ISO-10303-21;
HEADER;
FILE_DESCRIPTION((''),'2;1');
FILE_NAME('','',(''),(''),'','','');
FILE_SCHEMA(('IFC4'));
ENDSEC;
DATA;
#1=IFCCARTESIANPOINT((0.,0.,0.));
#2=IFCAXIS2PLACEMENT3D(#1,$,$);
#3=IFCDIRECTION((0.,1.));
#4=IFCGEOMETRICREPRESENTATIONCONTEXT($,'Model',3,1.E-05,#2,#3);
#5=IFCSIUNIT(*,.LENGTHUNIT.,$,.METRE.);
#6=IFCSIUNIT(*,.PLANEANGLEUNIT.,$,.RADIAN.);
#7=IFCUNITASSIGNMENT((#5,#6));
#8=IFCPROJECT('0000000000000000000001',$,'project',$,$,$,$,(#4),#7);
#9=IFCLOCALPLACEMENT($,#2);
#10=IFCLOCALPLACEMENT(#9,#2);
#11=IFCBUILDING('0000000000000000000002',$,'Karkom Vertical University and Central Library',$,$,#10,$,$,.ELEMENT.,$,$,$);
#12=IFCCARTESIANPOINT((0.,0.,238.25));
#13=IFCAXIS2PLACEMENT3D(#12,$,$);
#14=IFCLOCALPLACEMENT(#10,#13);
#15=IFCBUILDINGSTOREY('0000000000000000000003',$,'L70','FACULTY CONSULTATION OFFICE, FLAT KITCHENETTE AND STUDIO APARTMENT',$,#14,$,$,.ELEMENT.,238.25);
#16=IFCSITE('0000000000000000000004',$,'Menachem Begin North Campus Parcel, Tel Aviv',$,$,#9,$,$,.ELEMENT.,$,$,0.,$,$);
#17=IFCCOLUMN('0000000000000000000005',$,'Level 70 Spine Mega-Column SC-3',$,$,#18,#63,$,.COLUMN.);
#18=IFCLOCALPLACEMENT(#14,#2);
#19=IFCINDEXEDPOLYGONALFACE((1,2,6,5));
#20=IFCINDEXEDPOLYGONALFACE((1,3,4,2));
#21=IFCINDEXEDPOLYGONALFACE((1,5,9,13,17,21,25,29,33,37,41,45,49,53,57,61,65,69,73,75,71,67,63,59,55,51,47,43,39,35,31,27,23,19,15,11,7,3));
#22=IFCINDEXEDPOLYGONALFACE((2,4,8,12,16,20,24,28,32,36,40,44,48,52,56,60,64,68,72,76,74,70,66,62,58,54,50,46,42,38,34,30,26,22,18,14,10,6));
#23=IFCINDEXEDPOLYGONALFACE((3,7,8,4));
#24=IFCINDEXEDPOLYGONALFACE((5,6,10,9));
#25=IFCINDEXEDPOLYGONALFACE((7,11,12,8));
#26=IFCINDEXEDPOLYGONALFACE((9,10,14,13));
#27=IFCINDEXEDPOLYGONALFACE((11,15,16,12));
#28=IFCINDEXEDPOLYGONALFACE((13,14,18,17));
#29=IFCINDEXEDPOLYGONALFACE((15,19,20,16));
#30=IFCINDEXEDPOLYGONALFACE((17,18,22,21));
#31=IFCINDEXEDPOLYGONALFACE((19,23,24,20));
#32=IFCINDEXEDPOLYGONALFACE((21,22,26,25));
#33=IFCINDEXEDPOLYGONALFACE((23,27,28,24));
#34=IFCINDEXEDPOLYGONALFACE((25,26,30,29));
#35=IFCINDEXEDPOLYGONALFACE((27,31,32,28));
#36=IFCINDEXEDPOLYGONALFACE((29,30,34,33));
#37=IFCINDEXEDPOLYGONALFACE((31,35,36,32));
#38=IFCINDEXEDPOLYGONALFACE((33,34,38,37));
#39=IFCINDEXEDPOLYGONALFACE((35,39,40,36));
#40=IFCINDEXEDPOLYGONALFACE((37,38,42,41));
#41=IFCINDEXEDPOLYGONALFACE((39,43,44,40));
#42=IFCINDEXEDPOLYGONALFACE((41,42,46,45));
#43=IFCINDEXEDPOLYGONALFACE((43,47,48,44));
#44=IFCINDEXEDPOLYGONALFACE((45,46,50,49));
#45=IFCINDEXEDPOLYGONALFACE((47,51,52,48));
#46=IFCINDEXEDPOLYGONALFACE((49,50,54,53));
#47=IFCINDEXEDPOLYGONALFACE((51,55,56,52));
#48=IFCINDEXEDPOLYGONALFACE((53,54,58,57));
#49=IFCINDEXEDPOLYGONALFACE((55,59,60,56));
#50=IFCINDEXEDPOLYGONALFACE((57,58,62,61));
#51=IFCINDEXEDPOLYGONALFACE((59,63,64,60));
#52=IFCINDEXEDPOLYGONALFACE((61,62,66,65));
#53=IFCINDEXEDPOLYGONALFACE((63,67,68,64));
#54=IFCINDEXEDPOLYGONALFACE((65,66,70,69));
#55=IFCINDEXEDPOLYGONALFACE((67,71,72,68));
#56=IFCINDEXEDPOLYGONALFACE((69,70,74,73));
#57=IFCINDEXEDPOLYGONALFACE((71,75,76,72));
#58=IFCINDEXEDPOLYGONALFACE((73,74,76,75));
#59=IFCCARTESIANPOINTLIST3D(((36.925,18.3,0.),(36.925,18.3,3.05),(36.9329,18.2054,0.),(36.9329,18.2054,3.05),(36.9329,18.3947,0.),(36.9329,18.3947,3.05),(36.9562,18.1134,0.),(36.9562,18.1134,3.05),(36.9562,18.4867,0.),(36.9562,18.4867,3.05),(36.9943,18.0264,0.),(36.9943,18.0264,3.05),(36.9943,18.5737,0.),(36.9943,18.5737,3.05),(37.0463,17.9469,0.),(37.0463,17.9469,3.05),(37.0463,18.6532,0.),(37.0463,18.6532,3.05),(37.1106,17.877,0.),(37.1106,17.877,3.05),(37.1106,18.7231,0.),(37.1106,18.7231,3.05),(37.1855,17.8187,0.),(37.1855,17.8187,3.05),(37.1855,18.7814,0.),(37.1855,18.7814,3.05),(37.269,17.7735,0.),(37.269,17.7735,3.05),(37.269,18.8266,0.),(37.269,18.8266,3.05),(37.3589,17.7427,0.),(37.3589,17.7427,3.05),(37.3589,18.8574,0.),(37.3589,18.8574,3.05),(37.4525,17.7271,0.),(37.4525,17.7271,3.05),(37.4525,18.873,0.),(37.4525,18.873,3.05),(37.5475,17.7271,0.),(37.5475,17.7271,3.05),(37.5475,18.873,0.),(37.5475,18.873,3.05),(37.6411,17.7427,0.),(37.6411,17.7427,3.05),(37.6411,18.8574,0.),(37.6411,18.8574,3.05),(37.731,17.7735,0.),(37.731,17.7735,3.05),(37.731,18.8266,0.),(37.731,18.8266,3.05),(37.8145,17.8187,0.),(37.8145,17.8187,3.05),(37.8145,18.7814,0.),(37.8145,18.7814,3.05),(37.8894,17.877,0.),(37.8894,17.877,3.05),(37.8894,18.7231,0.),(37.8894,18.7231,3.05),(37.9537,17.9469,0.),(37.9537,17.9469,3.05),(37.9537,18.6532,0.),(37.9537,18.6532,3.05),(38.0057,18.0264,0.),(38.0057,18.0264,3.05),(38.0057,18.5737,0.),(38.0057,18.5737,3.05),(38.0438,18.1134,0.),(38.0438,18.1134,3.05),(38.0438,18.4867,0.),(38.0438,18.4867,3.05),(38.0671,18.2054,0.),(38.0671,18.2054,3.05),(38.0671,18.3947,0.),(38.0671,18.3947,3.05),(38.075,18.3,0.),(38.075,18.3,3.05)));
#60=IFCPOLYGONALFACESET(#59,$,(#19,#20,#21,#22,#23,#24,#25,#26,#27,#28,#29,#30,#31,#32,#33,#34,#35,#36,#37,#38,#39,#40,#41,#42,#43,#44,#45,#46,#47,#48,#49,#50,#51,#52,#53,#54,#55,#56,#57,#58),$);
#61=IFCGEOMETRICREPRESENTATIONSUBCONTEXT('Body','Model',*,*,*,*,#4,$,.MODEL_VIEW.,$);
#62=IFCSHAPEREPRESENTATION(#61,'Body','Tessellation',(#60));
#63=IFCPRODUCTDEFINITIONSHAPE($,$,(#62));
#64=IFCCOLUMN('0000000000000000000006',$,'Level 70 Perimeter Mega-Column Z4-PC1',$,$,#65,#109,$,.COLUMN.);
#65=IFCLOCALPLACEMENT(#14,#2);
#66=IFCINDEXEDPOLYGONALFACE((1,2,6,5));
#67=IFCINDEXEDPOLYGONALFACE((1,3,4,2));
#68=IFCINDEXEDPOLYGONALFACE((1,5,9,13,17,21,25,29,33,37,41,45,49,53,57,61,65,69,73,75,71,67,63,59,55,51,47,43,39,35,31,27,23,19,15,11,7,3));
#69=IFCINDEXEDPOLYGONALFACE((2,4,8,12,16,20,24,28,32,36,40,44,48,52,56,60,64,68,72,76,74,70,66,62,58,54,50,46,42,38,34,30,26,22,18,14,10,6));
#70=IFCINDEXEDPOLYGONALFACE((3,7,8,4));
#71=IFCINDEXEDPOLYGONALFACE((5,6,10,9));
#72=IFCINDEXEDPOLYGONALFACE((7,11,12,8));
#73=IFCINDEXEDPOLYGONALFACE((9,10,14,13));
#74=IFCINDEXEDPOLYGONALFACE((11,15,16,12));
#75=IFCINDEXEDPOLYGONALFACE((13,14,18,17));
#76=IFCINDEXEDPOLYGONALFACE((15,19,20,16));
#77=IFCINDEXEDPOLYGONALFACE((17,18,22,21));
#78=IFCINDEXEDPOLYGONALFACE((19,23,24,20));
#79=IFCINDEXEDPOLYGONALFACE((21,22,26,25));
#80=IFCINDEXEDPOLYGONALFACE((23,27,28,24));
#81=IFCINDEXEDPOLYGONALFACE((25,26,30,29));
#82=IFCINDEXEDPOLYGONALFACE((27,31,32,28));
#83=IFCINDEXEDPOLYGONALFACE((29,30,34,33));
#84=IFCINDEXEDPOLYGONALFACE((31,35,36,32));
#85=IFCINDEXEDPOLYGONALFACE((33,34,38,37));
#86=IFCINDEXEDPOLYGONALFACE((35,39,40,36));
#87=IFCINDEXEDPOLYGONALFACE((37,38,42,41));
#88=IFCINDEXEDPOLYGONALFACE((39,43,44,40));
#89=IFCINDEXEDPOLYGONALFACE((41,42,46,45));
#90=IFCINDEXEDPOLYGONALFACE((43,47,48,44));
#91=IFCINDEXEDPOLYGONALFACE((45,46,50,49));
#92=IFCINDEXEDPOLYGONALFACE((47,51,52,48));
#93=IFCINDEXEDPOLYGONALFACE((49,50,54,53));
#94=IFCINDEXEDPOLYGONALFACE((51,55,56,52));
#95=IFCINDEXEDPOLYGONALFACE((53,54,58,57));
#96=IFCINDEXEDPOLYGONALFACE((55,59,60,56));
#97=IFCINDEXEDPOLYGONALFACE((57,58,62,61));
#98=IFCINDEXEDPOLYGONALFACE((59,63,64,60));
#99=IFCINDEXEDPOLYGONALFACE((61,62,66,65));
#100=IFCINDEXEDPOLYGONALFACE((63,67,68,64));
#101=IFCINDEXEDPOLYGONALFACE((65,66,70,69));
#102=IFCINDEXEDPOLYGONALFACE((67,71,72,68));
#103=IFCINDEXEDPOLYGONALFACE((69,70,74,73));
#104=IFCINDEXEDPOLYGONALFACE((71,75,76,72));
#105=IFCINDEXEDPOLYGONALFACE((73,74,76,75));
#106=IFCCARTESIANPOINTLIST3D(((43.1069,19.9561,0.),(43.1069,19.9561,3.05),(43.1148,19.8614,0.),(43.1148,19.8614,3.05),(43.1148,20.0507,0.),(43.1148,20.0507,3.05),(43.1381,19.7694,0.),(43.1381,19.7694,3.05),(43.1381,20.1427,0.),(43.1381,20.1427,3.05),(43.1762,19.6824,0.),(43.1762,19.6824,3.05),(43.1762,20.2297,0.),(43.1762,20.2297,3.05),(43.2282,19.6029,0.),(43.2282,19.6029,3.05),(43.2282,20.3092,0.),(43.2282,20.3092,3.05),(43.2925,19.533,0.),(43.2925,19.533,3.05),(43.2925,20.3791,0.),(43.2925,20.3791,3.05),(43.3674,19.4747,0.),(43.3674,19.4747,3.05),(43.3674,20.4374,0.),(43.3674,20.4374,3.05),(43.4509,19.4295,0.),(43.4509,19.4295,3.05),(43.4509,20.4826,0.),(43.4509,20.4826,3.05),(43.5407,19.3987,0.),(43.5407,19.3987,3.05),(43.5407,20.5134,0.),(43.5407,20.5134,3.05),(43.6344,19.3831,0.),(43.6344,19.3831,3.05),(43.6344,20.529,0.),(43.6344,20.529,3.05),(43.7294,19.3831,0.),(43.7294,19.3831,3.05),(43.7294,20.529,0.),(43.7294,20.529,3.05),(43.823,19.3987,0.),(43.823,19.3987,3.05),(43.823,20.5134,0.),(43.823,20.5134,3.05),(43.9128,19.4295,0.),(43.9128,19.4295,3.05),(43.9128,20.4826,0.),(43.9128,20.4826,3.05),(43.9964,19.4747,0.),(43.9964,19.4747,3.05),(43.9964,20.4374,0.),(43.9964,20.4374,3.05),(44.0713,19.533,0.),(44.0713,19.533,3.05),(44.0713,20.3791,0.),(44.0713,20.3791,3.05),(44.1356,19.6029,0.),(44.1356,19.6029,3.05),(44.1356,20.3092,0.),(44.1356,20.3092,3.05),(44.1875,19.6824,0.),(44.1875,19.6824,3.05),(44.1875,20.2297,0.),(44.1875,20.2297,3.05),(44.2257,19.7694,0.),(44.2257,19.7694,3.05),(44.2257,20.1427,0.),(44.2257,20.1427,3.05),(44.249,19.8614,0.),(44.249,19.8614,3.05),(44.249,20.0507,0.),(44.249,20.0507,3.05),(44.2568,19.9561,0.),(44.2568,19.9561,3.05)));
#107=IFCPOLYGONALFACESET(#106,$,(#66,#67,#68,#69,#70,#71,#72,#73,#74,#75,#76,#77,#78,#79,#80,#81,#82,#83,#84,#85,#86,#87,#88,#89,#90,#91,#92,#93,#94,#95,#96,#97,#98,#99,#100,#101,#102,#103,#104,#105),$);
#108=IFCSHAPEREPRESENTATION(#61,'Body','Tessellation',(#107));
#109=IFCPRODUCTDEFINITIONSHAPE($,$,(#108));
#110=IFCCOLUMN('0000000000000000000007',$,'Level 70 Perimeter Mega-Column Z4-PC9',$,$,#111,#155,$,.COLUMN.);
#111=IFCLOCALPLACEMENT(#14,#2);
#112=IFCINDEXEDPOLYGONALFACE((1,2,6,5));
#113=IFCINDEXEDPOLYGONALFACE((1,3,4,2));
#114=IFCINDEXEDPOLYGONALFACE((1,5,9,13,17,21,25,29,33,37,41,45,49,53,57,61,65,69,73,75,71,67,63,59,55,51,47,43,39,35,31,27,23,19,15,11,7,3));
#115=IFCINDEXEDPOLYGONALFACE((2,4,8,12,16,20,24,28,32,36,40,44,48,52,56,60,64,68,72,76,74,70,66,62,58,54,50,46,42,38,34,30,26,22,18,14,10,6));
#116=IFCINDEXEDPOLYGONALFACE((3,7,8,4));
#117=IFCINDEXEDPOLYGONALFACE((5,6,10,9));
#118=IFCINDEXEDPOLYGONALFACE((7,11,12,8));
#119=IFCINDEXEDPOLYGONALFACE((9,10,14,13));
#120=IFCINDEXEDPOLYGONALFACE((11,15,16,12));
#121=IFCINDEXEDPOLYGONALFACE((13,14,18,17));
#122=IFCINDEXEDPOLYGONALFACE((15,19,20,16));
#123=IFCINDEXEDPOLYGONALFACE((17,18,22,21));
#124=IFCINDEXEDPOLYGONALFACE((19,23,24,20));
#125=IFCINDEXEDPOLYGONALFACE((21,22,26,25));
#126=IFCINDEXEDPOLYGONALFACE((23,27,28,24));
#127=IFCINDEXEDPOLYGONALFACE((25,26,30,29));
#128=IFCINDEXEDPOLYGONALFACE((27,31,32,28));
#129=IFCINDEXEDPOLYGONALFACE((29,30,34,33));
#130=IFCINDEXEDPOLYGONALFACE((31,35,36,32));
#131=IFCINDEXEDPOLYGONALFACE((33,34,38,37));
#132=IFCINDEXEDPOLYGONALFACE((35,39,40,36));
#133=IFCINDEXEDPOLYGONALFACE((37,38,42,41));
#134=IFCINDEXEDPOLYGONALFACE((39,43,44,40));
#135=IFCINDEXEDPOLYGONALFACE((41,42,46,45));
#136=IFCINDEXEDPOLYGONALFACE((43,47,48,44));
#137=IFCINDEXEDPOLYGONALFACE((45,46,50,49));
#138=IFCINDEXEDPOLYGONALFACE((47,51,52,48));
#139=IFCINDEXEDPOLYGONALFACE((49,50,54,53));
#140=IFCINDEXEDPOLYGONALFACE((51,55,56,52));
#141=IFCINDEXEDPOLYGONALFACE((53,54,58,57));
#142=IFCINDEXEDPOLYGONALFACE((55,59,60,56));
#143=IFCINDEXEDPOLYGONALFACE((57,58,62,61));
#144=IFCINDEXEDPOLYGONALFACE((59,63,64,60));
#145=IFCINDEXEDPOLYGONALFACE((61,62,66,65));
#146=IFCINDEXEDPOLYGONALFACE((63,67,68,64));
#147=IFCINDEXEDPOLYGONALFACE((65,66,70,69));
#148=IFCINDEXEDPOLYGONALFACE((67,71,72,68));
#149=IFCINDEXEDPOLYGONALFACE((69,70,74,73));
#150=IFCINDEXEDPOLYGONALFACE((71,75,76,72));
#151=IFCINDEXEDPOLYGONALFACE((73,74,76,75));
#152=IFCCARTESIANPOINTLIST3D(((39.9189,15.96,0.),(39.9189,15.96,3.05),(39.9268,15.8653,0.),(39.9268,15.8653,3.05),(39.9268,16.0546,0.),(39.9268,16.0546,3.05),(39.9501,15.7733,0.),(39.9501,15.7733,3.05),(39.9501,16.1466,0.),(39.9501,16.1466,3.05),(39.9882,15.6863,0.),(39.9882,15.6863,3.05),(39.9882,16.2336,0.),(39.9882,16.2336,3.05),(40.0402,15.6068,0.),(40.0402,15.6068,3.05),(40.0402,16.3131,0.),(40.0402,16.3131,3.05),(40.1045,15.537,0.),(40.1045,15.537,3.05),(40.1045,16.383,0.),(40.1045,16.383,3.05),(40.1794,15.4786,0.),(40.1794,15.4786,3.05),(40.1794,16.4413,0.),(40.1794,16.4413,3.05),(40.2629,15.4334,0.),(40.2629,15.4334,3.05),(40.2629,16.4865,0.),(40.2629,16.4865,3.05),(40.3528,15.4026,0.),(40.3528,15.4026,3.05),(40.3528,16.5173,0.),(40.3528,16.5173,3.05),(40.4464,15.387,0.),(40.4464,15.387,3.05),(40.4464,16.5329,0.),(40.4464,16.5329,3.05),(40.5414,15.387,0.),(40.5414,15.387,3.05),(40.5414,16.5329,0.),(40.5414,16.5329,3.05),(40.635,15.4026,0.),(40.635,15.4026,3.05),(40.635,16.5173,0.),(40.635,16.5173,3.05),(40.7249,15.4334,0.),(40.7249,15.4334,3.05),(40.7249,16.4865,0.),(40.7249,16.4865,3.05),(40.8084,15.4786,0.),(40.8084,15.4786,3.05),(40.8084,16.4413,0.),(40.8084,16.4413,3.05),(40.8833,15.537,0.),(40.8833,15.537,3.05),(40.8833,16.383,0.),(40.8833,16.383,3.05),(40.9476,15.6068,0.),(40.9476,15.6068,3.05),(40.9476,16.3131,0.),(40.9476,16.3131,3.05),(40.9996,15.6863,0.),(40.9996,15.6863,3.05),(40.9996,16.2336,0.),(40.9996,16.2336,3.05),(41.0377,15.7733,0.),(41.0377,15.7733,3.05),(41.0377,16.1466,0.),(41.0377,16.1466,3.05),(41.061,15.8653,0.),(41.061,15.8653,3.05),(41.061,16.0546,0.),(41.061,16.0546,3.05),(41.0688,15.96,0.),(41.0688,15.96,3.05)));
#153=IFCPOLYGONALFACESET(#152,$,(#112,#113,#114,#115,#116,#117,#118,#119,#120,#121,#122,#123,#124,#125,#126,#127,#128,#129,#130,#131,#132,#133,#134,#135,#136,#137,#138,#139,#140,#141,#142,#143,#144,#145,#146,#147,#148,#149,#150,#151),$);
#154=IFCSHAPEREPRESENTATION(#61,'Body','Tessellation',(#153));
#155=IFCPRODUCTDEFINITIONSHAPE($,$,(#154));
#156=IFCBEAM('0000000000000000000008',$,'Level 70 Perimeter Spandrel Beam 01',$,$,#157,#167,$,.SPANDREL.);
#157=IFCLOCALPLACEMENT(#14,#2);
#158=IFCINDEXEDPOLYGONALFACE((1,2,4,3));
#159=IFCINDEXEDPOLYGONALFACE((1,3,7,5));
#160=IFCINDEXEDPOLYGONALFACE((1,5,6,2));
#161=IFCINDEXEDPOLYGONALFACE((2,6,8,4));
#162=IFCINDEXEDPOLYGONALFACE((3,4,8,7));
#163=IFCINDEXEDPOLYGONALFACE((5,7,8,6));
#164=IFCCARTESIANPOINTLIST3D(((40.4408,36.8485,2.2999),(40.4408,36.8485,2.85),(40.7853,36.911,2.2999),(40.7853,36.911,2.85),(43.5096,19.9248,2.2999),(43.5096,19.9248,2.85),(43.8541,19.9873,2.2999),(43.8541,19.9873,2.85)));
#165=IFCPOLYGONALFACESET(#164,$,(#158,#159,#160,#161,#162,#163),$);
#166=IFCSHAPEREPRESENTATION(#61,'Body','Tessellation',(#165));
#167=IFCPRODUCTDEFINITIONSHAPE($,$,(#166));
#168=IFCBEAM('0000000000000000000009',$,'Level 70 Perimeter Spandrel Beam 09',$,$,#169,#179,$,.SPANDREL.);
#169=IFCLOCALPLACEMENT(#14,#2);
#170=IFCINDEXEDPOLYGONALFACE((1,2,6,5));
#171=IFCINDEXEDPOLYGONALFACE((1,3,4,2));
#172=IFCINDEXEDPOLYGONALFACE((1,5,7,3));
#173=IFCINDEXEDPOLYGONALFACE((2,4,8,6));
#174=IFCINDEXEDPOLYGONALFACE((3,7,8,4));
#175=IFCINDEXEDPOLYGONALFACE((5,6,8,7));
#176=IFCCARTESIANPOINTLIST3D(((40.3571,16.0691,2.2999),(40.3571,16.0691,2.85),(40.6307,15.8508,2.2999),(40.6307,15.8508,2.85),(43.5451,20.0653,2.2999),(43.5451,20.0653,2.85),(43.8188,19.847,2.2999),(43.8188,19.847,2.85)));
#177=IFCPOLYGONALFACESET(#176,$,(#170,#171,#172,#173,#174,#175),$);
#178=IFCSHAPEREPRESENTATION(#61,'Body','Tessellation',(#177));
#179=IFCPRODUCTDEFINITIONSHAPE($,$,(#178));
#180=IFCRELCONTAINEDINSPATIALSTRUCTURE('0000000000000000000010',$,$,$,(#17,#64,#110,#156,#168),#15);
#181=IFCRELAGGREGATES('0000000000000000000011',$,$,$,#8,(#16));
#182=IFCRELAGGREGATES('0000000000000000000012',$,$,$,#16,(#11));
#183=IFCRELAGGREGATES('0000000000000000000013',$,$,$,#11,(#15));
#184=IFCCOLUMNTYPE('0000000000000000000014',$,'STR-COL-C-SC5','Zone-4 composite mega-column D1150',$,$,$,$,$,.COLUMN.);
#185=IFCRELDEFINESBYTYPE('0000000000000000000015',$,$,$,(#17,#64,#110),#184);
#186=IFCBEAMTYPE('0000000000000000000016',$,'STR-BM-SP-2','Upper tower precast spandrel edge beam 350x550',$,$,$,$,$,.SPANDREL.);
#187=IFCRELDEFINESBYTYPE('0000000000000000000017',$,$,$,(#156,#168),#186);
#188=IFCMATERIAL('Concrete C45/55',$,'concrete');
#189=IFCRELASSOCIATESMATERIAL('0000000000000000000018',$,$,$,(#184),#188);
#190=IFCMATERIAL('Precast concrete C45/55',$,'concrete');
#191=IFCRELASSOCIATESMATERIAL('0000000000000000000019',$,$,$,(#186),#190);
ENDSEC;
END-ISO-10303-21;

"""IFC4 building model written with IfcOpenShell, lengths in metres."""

from ifc_helpers import new_model, si_unit, direction, frame, origin, origin_with_axes, origin_2d, place, context, subcontext, project, spatial, rectangle, circle, extrude, source, transform, mapped, material, material_profile, profile_set, type_object, element, save


model = new_model("IFC4")

# Units and contexts
model_context = context("Model", 3, precision=1e-05, world=origin(), true_north=direction((0.0, 1.0)))
body_context = subcontext(model_context, "Body", "Model", "MODEL_VIEW")
ifc_project = project(units=[si_unit("LENGTHUNIT", "METRE"), si_unit("PLANEANGLEUNIT", "RADIAN")], contexts=[model_context])

# Site, building, storey
site_placement = place(None, origin())
site = spatial("IfcSite", under=ifc_project, at=site_placement, Name="Menachem Begin North Campus Parcel, Tel Aviv", CompositionType="ELEMENT", RefElevation=0.0)
building_placement = place(site_placement, origin())
building = spatial("IfcBuilding", under=site, at=building_placement, Name="Karkom Vertical University and Central Library", CompositionType="ELEMENT")
storey_placement = place(building_placement, frame((0.0, 0.0, 238.25)))
storey = spatial("IfcBuildingStorey", under=building, at=storey_placement, Name="L70", Description="FACULTY CONSULTATION OFFICE, FLAT KITCHENETTE AND STUDIO APARTMENT", CompositionType="ELEMENT", Elevation=238.25)

# Columns
ifc_material_1 = material(Name="Concrete C45/55", Category="concrete")
ifc_material_profile_1 = material_profile(ifc_material_1, circle(Radius=0.575, at=origin_2d()), Name="CFT-D1150")
ifc_profile_set_1 = profile_set([ifc_material_profile_1], Name="Concrete C45/55")
column_type = type_object("IfcColumnType", Name="STR-COL-C-SC5", Description="Zone-4 composite mega-column D1150", PredefinedType="COLUMN", material=ifc_profile_set_1)
shared_shape_1 = source(origin_with_axes(), body_context, "Body", "SweptSolid", [
    extrude(circle(Radius=0.575, at=origin_2d()), origin(), (0.0, 0.0, 1.0), 3.05),
])
for number, where, z_axis, x_axis, name in (
    (1, (37.5, 18.3, 0.0), (0.0, 0.0, 1.0), (1.0, 0.0, 0.0), "Level 70 Spine Mega-Column SC-3"),
    (2, (43.6819, 19.9561, 0.0), (0.0, 0.0, 1.0), (1.0, 0.0, 0.0), "Level 70 Perimeter Mega-Column Z4-PC1"),
    (3, (40.4939, 15.96, 0.0), (0.0, 0.0, 1.0), (1.0, 0.0, 0.0), "Level 70 Perimeter Mega-Column Z4-PC9"),
):
    element("IfcColumn", number, at=place(storey_placement, frame(where, z_axis=z_axis, x_axis=x_axis)), inside=storey, type_object=column_type, Name=name, PredefinedType="COLUMN", context=body_context, shape_type="MappedRepresentation", body=[
        mapped(shared_shape_1, transform((0.0, 0.0, 0.0), scale=1.0)),
    ])

# Beams
ifc_material_2 = material(Name="Precast concrete C45/55", Category="concrete")
ifc_material_profile_2 = material_profile(ifc_material_2, rectangle(XDim=0.3501, YDim=0.55, at=origin_2d()), Name="SPB-350x550")
ifc_profile_set_2 = profile_set([ifc_material_profile_2], Name="Precast concrete C45/55")
beam_type_1 = type_object("IfcBeamType", Name="STR-BM-SP-2", Description="Upper tower precast spandrel edge beam 350x550", PredefinedType="SPANDREL", material=ifc_profile_set_2)
shared_shape_2 = source(origin_with_axes(), body_context, "Body", "SweptSolid", [
    extrude(rectangle(XDim=0.3501, YDim=0.55, at=origin_2d()), origin(), (0.0, 0.0, 1.0), 17.1997),
])
beam_1_placement = place(storey_placement, frame((43.6819, 19.9561, 2.575), z_axis=(-0.178423, 0.983954, 0.0), x_axis=(-0.983954, -0.178423, 0.0)))
element("IfcBeam", 4, at=beam_1_placement, inside=storey, type_object=beam_type_1, Name="Level 70 Perimeter Spandrel Beam 01", PredefinedType="SPANDREL", context=body_context, shape_type="MappedRepresentation", body=[
    mapped(shared_shape_2, transform((0.0, 0.0, 0.0), scale=1.0)),
])
shared_shape_3 = source(origin_with_axes(), body_context, "Body", "SweptSolid", [
    extrude(rectangle(XDim=0.3501, YDim=0.55, at=origin_2d()), origin(), (0.0, 0.0, 1.0), 5.1121),
])
beam_2_placement = place(storey_placement, frame((40.4939, 15.96, 2.575), z_axis=(0.623634, 0.781716, 0.0), x_axis=(-0.781716, 0.623634, 0.0)))
element("IfcBeam", 5, at=beam_2_placement, inside=storey, type_object=beam_type_1, Name="Level 70 Perimeter Spandrel Beam 09", PredefinedType="SPANDREL", context=body_context, shape_type="MappedRepresentation", body=[
    mapped(shared_shape_3, transform((0.0, 0.0, 0.0), scale=1.0)),
])

save(model, "model.ifc")
